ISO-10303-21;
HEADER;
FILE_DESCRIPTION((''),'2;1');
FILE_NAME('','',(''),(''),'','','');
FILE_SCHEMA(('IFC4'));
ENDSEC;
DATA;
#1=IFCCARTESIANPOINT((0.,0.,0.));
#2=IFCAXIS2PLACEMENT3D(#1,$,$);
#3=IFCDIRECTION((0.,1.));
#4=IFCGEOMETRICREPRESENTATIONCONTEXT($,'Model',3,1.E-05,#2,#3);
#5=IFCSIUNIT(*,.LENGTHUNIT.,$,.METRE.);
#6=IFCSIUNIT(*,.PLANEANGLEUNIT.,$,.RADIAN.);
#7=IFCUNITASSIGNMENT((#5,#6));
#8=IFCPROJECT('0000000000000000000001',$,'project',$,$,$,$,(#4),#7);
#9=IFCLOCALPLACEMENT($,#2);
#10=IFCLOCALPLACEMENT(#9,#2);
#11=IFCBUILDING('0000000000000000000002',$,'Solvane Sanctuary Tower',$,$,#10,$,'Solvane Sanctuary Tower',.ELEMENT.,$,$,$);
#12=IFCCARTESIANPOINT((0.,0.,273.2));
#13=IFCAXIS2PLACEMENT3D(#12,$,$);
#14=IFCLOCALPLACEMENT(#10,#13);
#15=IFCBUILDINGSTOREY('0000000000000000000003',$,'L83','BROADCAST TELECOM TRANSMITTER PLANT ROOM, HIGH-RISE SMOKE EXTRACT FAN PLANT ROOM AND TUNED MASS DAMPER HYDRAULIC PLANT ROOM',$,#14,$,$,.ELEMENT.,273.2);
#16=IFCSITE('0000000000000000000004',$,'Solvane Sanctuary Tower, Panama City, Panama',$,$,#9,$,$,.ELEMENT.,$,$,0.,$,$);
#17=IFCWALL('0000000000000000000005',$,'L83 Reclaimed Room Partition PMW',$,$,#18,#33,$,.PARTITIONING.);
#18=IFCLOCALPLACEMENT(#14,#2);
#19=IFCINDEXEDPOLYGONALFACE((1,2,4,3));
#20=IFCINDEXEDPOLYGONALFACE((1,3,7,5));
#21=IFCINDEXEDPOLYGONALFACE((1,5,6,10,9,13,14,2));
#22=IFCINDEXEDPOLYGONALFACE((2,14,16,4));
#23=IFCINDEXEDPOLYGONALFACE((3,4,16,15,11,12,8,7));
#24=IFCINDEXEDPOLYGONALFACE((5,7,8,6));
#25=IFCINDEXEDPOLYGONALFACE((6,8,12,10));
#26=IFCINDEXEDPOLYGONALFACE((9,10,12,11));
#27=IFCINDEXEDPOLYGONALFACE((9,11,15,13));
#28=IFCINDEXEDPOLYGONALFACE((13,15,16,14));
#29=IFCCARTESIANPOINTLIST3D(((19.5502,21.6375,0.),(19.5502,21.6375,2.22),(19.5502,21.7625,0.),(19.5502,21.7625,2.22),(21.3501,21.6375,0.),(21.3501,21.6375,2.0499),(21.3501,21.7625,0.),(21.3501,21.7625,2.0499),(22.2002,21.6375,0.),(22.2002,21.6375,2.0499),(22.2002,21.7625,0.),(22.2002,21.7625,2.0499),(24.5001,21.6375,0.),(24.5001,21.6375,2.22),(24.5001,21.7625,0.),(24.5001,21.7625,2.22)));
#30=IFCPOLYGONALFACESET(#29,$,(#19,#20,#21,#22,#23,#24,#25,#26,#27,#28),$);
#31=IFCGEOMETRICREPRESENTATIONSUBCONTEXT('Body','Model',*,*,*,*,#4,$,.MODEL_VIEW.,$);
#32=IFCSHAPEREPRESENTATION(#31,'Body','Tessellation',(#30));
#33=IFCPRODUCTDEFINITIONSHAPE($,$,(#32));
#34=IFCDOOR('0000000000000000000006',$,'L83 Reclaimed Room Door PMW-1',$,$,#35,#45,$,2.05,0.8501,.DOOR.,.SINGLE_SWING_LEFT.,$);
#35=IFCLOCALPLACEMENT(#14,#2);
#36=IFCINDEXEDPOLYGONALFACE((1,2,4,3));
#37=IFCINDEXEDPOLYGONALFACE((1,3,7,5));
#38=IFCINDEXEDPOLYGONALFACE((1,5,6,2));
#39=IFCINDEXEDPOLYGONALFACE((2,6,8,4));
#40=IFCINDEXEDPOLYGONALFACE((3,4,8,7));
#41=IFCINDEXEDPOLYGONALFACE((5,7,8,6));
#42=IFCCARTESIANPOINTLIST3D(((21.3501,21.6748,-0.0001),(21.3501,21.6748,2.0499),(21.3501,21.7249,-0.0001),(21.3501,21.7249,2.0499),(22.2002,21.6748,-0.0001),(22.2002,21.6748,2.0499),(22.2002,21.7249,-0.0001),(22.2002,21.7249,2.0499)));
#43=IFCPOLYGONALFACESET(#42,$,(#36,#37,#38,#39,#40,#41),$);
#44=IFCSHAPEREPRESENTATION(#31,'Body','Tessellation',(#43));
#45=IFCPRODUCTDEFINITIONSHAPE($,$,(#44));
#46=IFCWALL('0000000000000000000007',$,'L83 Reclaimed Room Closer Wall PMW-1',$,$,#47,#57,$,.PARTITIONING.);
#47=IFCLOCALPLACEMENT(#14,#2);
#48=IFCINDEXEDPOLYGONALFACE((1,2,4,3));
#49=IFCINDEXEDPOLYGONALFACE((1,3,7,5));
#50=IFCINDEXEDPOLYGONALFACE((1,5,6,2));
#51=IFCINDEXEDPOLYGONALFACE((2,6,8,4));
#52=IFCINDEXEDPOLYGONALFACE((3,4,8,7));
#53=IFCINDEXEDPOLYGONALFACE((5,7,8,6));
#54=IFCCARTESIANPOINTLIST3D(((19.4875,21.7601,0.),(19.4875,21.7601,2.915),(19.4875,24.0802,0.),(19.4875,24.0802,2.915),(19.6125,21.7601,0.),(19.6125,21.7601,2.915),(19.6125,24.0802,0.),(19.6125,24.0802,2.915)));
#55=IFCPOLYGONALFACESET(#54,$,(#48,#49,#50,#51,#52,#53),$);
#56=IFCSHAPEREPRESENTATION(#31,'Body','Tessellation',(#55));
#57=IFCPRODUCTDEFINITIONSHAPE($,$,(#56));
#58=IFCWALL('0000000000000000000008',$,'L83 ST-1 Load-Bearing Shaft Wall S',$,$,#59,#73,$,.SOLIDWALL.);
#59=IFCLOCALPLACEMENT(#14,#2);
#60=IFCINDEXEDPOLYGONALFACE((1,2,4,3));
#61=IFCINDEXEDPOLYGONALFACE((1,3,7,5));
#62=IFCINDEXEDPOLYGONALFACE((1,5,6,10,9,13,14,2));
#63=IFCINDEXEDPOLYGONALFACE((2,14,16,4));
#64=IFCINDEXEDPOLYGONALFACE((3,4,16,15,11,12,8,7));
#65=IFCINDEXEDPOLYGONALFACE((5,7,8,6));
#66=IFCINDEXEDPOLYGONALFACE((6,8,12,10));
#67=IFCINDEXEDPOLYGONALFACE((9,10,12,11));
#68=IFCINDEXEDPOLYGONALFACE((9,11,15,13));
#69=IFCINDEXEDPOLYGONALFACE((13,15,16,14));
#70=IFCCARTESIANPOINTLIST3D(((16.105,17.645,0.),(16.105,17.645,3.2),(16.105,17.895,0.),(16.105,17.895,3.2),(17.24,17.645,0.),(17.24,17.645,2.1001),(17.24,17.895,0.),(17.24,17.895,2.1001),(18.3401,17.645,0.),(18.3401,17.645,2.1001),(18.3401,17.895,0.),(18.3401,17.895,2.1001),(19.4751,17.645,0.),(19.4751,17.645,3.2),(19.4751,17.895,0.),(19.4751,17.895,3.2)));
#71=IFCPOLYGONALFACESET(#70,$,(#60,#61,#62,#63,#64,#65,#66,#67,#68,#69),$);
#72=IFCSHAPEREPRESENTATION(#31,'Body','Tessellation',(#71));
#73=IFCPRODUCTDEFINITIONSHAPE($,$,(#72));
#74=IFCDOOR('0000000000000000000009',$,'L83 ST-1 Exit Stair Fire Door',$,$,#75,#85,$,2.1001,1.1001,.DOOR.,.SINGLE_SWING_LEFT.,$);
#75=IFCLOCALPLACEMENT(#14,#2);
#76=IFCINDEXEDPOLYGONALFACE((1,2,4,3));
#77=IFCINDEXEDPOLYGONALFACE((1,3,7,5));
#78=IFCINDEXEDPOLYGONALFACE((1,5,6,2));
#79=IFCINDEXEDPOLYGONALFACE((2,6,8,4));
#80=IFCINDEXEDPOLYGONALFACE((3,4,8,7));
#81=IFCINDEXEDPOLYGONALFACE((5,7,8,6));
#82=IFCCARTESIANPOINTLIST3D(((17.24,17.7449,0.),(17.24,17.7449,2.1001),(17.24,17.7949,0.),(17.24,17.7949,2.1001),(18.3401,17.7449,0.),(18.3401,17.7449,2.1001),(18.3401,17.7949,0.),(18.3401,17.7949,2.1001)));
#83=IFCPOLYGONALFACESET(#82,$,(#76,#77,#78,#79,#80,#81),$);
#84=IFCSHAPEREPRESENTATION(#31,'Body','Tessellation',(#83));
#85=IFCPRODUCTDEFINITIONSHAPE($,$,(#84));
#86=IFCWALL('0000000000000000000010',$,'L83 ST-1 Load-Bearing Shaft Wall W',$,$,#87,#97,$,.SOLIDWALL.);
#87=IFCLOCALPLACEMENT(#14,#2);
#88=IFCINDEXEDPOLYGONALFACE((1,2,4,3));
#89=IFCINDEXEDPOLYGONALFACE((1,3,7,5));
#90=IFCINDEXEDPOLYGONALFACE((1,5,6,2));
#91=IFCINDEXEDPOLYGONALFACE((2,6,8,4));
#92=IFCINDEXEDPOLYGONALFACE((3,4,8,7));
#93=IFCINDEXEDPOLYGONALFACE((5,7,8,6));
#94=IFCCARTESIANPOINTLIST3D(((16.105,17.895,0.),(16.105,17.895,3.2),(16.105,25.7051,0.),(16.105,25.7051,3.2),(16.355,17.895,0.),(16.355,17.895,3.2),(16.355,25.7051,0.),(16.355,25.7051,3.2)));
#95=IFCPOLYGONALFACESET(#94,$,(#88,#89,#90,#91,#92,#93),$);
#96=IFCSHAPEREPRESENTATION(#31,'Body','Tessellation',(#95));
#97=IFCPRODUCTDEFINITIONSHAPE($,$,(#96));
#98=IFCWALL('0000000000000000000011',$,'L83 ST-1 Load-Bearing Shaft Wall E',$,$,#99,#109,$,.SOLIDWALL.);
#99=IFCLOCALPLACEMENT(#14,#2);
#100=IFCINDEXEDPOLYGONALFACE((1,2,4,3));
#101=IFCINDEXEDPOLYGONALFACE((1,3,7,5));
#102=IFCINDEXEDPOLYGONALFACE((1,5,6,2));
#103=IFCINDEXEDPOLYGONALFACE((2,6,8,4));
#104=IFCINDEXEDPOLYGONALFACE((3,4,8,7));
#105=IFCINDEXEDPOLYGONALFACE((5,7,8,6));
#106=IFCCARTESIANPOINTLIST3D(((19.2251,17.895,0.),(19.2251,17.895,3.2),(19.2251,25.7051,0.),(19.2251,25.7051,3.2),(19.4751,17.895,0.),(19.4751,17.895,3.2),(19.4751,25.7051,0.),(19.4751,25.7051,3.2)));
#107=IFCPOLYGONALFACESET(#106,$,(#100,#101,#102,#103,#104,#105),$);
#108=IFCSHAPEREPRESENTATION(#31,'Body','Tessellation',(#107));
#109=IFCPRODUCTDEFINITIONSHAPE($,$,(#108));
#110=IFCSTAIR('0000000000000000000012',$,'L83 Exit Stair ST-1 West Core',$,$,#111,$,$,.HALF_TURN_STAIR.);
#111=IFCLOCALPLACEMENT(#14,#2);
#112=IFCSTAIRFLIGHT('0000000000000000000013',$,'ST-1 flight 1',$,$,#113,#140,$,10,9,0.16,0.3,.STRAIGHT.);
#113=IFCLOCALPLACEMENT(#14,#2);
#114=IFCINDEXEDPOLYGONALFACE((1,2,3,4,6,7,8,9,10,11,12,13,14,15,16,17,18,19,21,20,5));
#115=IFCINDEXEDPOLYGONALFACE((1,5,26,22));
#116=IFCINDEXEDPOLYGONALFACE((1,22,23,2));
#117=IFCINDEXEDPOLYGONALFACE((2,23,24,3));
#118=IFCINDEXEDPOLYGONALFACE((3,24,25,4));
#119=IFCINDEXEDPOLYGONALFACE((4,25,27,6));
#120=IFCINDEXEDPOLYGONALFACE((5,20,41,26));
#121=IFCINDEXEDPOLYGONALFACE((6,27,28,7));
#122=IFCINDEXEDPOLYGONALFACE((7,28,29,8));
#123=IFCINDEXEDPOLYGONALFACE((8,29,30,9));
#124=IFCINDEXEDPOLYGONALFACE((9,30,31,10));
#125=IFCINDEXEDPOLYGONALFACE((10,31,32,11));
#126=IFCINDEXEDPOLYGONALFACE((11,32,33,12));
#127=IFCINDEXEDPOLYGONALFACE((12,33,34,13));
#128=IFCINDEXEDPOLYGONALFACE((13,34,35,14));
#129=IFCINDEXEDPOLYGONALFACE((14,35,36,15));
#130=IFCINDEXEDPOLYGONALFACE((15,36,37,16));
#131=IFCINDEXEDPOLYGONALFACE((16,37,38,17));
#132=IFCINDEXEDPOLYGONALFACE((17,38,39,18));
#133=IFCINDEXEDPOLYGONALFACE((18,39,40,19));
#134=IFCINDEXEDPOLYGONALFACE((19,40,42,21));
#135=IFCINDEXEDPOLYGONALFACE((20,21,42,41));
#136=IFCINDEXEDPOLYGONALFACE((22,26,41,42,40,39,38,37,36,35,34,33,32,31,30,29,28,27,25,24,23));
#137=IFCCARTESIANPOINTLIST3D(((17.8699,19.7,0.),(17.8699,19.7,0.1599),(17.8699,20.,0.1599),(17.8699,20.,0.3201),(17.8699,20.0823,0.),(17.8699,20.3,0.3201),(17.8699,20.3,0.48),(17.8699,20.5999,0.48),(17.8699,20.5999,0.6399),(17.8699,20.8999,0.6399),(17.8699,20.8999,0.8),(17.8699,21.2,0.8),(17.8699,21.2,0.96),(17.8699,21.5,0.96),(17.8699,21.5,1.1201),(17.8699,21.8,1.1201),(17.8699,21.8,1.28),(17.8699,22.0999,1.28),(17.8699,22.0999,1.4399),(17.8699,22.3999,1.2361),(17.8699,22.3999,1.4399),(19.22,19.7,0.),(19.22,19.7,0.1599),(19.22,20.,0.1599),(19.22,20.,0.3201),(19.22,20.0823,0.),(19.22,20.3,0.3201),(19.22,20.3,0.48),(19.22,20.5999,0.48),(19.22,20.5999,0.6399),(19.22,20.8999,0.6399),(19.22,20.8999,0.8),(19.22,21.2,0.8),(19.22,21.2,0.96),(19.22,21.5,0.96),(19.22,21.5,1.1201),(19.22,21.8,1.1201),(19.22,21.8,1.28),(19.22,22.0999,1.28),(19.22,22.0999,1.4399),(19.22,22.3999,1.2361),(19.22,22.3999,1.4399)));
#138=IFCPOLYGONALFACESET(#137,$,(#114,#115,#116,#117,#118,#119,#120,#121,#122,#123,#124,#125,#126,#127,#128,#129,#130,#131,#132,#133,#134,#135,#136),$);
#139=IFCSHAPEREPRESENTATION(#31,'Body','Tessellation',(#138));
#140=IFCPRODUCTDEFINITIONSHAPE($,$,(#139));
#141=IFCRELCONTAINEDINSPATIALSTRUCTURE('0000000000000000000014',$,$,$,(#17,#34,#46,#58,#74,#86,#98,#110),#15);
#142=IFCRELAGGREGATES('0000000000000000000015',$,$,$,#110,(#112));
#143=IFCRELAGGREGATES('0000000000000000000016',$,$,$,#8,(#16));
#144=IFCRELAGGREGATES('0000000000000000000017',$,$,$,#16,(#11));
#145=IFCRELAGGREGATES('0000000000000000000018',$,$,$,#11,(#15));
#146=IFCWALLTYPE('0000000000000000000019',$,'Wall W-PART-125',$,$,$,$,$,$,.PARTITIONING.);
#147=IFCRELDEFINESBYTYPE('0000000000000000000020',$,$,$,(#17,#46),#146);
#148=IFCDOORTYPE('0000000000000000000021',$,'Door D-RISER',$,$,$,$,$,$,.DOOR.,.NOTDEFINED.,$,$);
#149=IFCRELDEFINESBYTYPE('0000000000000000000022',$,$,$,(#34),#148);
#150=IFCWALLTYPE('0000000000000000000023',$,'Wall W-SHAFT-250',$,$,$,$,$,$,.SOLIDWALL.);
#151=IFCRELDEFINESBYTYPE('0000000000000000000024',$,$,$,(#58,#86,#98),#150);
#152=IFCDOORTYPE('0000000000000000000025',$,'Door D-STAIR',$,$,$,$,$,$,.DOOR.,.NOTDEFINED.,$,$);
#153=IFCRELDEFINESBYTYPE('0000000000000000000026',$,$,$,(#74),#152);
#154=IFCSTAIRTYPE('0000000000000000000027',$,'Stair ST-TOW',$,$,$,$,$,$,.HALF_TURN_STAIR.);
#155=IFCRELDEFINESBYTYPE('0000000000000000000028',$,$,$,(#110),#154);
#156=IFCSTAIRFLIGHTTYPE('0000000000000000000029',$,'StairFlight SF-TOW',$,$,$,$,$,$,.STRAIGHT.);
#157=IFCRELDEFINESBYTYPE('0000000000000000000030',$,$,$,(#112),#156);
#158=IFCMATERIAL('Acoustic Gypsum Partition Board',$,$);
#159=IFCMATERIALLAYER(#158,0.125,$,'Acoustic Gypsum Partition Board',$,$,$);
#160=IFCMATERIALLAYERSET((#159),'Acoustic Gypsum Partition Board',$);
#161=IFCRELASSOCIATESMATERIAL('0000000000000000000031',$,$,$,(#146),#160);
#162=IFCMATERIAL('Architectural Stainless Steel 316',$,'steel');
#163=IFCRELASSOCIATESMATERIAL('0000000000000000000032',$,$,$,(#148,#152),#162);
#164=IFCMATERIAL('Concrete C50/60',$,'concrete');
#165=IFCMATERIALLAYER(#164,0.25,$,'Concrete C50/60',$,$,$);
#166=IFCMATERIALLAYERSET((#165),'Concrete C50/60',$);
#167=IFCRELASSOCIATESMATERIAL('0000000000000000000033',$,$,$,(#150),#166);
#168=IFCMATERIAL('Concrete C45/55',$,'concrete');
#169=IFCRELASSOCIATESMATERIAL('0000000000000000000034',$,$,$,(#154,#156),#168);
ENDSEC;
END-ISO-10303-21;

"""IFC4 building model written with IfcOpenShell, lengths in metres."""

from ifc_helpers import new_model, si_unit, direction, frame, frame_2d, origin, place, context, subcontext, project, spatial, polyline, rectangle, outline, extrude, material, layer, layer_set, type_object, element, fill, aggregate, save


model = new_model("IFC4")

# Units and contexts
model_context = context("Model", 3, precision=1e-05, world=origin(), true_north=direction((0.0, 1.0)))
body_context = subcontext(model_context, "Body", "Model", "MODEL_VIEW")
ifc_project = project(units=[si_unit("LENGTHUNIT", "METRE"), si_unit("PLANEANGLEUNIT", "RADIAN")], contexts=[model_context])

# Site, building, storey
site_placement = place(None, origin())
site = spatial("IfcSite", under=ifc_project, at=site_placement, Name="Solvane Sanctuary Tower, Panama City, Panama", CompositionType="ELEMENT", RefElevation=0.0)
building_placement = place(site_placement, origin())
building = spatial("IfcBuilding", under=site, at=building_placement, Name="Solvane Sanctuary Tower", LongName="Solvane Sanctuary Tower", CompositionType="ELEMENT")
storey_placement = place(building_placement, frame((0.0, 0.0, 273.2)))
storey = spatial("IfcBuildingStorey", under=building, at=storey_placement, Name="L83", Description="BROADCAST TELECOM TRANSMITTER PLANT ROOM, HIGH-RISE SMOKE EXTRACT FAN PLANT ROOM AND TUNED MASS DAMPER HYDRAULIC PLANT ROOM", CompositionType="ELEMENT", Elevation=273.2)

# Shared definitions
ifc_material_1 = material(Name="Concrete C50/60", Category="concrete")

# Wall, opening, door
ifc_material_2 = material(Name="Acoustic Gypsum Partition Board")
ifc_layer_1 = layer(ifc_material_2, 0.125, Name="Acoustic Gypsum Partition Board")
ifc_layer_set_1 = layer_set([ifc_layer_1], Name="Acoustic Gypsum Partition Board")
wall_type_1 = type_object("IfcWallType", Name="Wall W-PART-125", PredefinedType="PARTITIONING", material=ifc_layer_set_1)
ifc_material_3 = material(Name="Architectural Stainless Steel 316", Category="steel")
door_type_1 = type_object("IfcDoorType", Name="Door D-RISER", OperationType="NOTDEFINED", PredefinedType="DOOR", material=ifc_material_3)
wall_1_placement = place(storey_placement, frame((19.55, 21.7, 0.0), z_axis=(0.0, 0.0, 1.0), x_axis=(1.0, 0.0, 0.0)))
wall_1 = element("IfcWall", 1, at=wall_1_placement, inside=storey, type_object=wall_type_1, Name="L83 Reclaimed Room Partition PMW", PredefinedType="PARTITIONING", context=body_context, shape_type="SweptSolid", body=[
    extrude(rectangle(XDim=4.95, YDim=0.125, at=frame_2d((2.4751, 0.0))), origin(), (0.0, 0.0, 1.0), 2.22),
])
opening_1_placement = place(wall_1_placement, frame((1.8, 0.0, 0.0)))
opening_1 = element("IfcOpeningElement", 2, at=opening_1_placement, cuts=wall_1, PredefinedType="OPENING", context=body_context, shape_type="SweptSolid", body=[
    extrude(rectangle(XDim=0.8501, YDim=2.05, at=frame_2d((0.425, 1.0249))), frame((0.0, 0.0725, 0.0), z_axis=(0.0, -1.0, 0.0), x_axis=(1.0, 0.0, 0.0)), (0.0, 0.0, 1.0), 0.145),
])
door_1_placement = place(opening_1_placement, origin())
door_1 = element("IfcDoor", 3, at=door_1_placement, inside=storey, type_object=door_type_1, Name="L83 Reclaimed Room Door PMW-1", OperationType="SINGLE_SWING_LEFT", OverallHeight=2.05, OverallWidth=0.8501, PredefinedType="DOOR", context=body_context, shape_type="SweptSolid", body=[
    extrude(rectangle(XDim=0.8501, YDim=2.05, at=frame_2d((0.425, 1.0249))), frame((0.0, 0.0249, 0.0), z_axis=(0.0, -1.0, 0.0), x_axis=(1.0, 0.0, 0.0)), (0.0, 0.0, 1.0), 0.05),
])
fill(opening_1, door_1)

# Wall
wall_2_placement = place(storey_placement, frame((19.55, 21.76, 0.0), z_axis=(0.0, 0.0, 1.0), x_axis=(0.0, 1.0, 0.0)))
element("IfcWall", 4, at=wall_2_placement, inside=storey, type_object=wall_type_1, Name="L83 Reclaimed Room Closer Wall PMW-1", PredefinedType="PARTITIONING", context=body_context, shape_type="SweptSolid", body=[
    extrude(rectangle(XDim=2.3201, YDim=0.125, at=frame_2d((1.1602, 0.0))), origin(), (0.0, 0.0, 1.0), 2.915),
])

# Wall, opening, door
ifc_layer_2 = layer(ifc_material_1, 0.25, Name="Concrete C50/60")
ifc_layer_set_2 = layer_set([ifc_layer_2], Name="Concrete C50/60")
wall_type_2 = type_object("IfcWallType", Name="Wall W-SHAFT-250", PredefinedType="SOLIDWALL", material=ifc_layer_set_2)
wall_3_placement = place(storey_placement, frame((16.105, 17.77, 0.0), z_axis=(0.0, 0.0, 1.0), x_axis=(1.0, 0.0, 0.0)))
wall_3 = element("IfcWall", 5, at=wall_3_placement, inside=storey, type_object=wall_type_2, Name="L83 ST-1 Load-Bearing Shaft Wall S", PredefinedType="SOLIDWALL", context=body_context, shape_type="SweptSolid", body=[
    extrude(rectangle(XDim=3.3701, YDim=0.25, at=frame_2d((1.6851, 0.0))), origin(), (0.0, 0.0, 1.0), 3.2),
])
opening_2_placement = place(wall_3_placement, frame((1.135, 0.0, 0.0)))
opening_2 = element("IfcOpeningElement", 6, at=opening_2_placement, cuts=wall_3, PredefinedType="OPENING", context=body_context, shape_type="SweptSolid", body=[
    extrude(rectangle(XDim=1.1001, YDim=2.1001, at=frame_2d((0.55, 1.05))), frame((0.0, 0.135, 0.0), z_axis=(0.0, -1.0, 0.0), x_axis=(1.0, 0.0, 0.0)), (0.0, 0.0, 1.0), 0.27),
])
door_type_2 = type_object("IfcDoorType", Name="Door D-STAIR", OperationType="NOTDEFINED", PredefinedType="DOOR", material=ifc_material_3)
door_2_placement = place(opening_2_placement, origin())
door_2 = element("IfcDoor", 7, at=door_2_placement, inside=storey, type_object=door_type_2, Name="L83 ST-1 Exit Stair Fire Door", OperationType="SINGLE_SWING_LEFT", OverallHeight=2.1001, OverallWidth=1.1001, PredefinedType="DOOR", context=body_context, shape_type="SweptSolid", body=[
    extrude(rectangle(XDim=1.1001, YDim=2.1001, at=frame_2d((0.55, 1.05))), frame((0.0, 0.0249, 0.0), z_axis=(0.0, -1.0, 0.0), x_axis=(1.0, 0.0, 0.0)), (0.0, 0.0, 1.0), 0.05),
])
fill(opening_2, door_2)

# Walls
for number, where, z_axis, x_axis, name in (
    (8, (16.23, 17.895, 0.0), (0.0, 0.0, 1.0), (0.0, 1.0, 0.0), "L83 ST-1 Load-Bearing Shaft Wall W"),
    (9, (19.3501, 17.895, 0.0), (0.0, 0.0, 1.0), (0.0, 1.0, 0.0), "L83 ST-1 Load-Bearing Shaft Wall E"),
):
    element("IfcWall", number, at=place(storey_placement, frame(where, z_axis=z_axis, x_axis=x_axis)), inside=storey, type_object=wall_type_2, Name=name, PredefinedType="SOLIDWALL", context=body_context, shape_type="SweptSolid", body=[
        extrude(rectangle(XDim=7.8101, YDim=0.25, at=frame_2d((3.905, 0.0))), origin(), (0.0, 0.0, 1.0), 3.2),
    ])

# Stair, stair flight
ifc_material_4 = material(Name="Concrete C45/55", Category="concrete")
stair_type = type_object("IfcStairType", Name="Stair ST-TOW", PredefinedType="HALF_TURN_STAIR", material=ifc_material_4)
stair_placement = place(storey_placement, origin())
stair = element("IfcStair", 10, at=stair_placement, inside=storey, type_object=stair_type, Name="L83 Exit Stair ST-1 West Core", PredefinedType="HALF_TURN_STAIR")
stair_flight_type = type_object("IfcStairFlightType", Name="StairFlight SF-TOW", PredefinedType="STRAIGHT", material=ifc_material_4)
stair_flight_placement = place(storey_placement, frame((18.5449, 19.7, 0.0), z_axis=(0.0, 0.0, 1.0), x_axis=(0.0, 1.0, 0.0)))
stair_flight = element("IfcStairFlight", 11, at=stair_flight_placement, type_object=stair_flight_type, Name="ST-1 flight 1", NumberOfRisers=10, NumberOfTreads=9, PredefinedType="STRAIGHT", RiserHeight=0.16, TreadLength=0.3, context=body_context, shape_type="SweptSolid", body=[
    extrude(outline(polyline([(0.0, 0.0), (0.0, 0.1599), (0.3, 0.1599), (0.3, 0.3201), (0.6001, 0.3201), (0.6001, 0.48), (0.8999, 0.48), (0.8999, 0.6399), (1.2, 0.6399), (1.2, 0.8), (1.5, 0.8), (1.5, 0.96), (1.8, 0.96), (1.8, 1.1201), (2.1001, 1.1201), (2.1001, 1.28), (2.3999, 1.28), (2.3999, 1.4399), (2.7, 1.4399), (2.7, 1.6001), (2.7, 1.2361), (0.3823, 0.0), (0.0, 0.0)])), frame((0.0, 0.675, 0.0), z_axis=(0.0, -1.0, 0.0), x_axis=(1.0, 0.0, 0.0)), (0.0, 0.0, 1.0), 1.3501),
])
aggregate(stair, [stair_flight])

save(model, "model.ifc")
